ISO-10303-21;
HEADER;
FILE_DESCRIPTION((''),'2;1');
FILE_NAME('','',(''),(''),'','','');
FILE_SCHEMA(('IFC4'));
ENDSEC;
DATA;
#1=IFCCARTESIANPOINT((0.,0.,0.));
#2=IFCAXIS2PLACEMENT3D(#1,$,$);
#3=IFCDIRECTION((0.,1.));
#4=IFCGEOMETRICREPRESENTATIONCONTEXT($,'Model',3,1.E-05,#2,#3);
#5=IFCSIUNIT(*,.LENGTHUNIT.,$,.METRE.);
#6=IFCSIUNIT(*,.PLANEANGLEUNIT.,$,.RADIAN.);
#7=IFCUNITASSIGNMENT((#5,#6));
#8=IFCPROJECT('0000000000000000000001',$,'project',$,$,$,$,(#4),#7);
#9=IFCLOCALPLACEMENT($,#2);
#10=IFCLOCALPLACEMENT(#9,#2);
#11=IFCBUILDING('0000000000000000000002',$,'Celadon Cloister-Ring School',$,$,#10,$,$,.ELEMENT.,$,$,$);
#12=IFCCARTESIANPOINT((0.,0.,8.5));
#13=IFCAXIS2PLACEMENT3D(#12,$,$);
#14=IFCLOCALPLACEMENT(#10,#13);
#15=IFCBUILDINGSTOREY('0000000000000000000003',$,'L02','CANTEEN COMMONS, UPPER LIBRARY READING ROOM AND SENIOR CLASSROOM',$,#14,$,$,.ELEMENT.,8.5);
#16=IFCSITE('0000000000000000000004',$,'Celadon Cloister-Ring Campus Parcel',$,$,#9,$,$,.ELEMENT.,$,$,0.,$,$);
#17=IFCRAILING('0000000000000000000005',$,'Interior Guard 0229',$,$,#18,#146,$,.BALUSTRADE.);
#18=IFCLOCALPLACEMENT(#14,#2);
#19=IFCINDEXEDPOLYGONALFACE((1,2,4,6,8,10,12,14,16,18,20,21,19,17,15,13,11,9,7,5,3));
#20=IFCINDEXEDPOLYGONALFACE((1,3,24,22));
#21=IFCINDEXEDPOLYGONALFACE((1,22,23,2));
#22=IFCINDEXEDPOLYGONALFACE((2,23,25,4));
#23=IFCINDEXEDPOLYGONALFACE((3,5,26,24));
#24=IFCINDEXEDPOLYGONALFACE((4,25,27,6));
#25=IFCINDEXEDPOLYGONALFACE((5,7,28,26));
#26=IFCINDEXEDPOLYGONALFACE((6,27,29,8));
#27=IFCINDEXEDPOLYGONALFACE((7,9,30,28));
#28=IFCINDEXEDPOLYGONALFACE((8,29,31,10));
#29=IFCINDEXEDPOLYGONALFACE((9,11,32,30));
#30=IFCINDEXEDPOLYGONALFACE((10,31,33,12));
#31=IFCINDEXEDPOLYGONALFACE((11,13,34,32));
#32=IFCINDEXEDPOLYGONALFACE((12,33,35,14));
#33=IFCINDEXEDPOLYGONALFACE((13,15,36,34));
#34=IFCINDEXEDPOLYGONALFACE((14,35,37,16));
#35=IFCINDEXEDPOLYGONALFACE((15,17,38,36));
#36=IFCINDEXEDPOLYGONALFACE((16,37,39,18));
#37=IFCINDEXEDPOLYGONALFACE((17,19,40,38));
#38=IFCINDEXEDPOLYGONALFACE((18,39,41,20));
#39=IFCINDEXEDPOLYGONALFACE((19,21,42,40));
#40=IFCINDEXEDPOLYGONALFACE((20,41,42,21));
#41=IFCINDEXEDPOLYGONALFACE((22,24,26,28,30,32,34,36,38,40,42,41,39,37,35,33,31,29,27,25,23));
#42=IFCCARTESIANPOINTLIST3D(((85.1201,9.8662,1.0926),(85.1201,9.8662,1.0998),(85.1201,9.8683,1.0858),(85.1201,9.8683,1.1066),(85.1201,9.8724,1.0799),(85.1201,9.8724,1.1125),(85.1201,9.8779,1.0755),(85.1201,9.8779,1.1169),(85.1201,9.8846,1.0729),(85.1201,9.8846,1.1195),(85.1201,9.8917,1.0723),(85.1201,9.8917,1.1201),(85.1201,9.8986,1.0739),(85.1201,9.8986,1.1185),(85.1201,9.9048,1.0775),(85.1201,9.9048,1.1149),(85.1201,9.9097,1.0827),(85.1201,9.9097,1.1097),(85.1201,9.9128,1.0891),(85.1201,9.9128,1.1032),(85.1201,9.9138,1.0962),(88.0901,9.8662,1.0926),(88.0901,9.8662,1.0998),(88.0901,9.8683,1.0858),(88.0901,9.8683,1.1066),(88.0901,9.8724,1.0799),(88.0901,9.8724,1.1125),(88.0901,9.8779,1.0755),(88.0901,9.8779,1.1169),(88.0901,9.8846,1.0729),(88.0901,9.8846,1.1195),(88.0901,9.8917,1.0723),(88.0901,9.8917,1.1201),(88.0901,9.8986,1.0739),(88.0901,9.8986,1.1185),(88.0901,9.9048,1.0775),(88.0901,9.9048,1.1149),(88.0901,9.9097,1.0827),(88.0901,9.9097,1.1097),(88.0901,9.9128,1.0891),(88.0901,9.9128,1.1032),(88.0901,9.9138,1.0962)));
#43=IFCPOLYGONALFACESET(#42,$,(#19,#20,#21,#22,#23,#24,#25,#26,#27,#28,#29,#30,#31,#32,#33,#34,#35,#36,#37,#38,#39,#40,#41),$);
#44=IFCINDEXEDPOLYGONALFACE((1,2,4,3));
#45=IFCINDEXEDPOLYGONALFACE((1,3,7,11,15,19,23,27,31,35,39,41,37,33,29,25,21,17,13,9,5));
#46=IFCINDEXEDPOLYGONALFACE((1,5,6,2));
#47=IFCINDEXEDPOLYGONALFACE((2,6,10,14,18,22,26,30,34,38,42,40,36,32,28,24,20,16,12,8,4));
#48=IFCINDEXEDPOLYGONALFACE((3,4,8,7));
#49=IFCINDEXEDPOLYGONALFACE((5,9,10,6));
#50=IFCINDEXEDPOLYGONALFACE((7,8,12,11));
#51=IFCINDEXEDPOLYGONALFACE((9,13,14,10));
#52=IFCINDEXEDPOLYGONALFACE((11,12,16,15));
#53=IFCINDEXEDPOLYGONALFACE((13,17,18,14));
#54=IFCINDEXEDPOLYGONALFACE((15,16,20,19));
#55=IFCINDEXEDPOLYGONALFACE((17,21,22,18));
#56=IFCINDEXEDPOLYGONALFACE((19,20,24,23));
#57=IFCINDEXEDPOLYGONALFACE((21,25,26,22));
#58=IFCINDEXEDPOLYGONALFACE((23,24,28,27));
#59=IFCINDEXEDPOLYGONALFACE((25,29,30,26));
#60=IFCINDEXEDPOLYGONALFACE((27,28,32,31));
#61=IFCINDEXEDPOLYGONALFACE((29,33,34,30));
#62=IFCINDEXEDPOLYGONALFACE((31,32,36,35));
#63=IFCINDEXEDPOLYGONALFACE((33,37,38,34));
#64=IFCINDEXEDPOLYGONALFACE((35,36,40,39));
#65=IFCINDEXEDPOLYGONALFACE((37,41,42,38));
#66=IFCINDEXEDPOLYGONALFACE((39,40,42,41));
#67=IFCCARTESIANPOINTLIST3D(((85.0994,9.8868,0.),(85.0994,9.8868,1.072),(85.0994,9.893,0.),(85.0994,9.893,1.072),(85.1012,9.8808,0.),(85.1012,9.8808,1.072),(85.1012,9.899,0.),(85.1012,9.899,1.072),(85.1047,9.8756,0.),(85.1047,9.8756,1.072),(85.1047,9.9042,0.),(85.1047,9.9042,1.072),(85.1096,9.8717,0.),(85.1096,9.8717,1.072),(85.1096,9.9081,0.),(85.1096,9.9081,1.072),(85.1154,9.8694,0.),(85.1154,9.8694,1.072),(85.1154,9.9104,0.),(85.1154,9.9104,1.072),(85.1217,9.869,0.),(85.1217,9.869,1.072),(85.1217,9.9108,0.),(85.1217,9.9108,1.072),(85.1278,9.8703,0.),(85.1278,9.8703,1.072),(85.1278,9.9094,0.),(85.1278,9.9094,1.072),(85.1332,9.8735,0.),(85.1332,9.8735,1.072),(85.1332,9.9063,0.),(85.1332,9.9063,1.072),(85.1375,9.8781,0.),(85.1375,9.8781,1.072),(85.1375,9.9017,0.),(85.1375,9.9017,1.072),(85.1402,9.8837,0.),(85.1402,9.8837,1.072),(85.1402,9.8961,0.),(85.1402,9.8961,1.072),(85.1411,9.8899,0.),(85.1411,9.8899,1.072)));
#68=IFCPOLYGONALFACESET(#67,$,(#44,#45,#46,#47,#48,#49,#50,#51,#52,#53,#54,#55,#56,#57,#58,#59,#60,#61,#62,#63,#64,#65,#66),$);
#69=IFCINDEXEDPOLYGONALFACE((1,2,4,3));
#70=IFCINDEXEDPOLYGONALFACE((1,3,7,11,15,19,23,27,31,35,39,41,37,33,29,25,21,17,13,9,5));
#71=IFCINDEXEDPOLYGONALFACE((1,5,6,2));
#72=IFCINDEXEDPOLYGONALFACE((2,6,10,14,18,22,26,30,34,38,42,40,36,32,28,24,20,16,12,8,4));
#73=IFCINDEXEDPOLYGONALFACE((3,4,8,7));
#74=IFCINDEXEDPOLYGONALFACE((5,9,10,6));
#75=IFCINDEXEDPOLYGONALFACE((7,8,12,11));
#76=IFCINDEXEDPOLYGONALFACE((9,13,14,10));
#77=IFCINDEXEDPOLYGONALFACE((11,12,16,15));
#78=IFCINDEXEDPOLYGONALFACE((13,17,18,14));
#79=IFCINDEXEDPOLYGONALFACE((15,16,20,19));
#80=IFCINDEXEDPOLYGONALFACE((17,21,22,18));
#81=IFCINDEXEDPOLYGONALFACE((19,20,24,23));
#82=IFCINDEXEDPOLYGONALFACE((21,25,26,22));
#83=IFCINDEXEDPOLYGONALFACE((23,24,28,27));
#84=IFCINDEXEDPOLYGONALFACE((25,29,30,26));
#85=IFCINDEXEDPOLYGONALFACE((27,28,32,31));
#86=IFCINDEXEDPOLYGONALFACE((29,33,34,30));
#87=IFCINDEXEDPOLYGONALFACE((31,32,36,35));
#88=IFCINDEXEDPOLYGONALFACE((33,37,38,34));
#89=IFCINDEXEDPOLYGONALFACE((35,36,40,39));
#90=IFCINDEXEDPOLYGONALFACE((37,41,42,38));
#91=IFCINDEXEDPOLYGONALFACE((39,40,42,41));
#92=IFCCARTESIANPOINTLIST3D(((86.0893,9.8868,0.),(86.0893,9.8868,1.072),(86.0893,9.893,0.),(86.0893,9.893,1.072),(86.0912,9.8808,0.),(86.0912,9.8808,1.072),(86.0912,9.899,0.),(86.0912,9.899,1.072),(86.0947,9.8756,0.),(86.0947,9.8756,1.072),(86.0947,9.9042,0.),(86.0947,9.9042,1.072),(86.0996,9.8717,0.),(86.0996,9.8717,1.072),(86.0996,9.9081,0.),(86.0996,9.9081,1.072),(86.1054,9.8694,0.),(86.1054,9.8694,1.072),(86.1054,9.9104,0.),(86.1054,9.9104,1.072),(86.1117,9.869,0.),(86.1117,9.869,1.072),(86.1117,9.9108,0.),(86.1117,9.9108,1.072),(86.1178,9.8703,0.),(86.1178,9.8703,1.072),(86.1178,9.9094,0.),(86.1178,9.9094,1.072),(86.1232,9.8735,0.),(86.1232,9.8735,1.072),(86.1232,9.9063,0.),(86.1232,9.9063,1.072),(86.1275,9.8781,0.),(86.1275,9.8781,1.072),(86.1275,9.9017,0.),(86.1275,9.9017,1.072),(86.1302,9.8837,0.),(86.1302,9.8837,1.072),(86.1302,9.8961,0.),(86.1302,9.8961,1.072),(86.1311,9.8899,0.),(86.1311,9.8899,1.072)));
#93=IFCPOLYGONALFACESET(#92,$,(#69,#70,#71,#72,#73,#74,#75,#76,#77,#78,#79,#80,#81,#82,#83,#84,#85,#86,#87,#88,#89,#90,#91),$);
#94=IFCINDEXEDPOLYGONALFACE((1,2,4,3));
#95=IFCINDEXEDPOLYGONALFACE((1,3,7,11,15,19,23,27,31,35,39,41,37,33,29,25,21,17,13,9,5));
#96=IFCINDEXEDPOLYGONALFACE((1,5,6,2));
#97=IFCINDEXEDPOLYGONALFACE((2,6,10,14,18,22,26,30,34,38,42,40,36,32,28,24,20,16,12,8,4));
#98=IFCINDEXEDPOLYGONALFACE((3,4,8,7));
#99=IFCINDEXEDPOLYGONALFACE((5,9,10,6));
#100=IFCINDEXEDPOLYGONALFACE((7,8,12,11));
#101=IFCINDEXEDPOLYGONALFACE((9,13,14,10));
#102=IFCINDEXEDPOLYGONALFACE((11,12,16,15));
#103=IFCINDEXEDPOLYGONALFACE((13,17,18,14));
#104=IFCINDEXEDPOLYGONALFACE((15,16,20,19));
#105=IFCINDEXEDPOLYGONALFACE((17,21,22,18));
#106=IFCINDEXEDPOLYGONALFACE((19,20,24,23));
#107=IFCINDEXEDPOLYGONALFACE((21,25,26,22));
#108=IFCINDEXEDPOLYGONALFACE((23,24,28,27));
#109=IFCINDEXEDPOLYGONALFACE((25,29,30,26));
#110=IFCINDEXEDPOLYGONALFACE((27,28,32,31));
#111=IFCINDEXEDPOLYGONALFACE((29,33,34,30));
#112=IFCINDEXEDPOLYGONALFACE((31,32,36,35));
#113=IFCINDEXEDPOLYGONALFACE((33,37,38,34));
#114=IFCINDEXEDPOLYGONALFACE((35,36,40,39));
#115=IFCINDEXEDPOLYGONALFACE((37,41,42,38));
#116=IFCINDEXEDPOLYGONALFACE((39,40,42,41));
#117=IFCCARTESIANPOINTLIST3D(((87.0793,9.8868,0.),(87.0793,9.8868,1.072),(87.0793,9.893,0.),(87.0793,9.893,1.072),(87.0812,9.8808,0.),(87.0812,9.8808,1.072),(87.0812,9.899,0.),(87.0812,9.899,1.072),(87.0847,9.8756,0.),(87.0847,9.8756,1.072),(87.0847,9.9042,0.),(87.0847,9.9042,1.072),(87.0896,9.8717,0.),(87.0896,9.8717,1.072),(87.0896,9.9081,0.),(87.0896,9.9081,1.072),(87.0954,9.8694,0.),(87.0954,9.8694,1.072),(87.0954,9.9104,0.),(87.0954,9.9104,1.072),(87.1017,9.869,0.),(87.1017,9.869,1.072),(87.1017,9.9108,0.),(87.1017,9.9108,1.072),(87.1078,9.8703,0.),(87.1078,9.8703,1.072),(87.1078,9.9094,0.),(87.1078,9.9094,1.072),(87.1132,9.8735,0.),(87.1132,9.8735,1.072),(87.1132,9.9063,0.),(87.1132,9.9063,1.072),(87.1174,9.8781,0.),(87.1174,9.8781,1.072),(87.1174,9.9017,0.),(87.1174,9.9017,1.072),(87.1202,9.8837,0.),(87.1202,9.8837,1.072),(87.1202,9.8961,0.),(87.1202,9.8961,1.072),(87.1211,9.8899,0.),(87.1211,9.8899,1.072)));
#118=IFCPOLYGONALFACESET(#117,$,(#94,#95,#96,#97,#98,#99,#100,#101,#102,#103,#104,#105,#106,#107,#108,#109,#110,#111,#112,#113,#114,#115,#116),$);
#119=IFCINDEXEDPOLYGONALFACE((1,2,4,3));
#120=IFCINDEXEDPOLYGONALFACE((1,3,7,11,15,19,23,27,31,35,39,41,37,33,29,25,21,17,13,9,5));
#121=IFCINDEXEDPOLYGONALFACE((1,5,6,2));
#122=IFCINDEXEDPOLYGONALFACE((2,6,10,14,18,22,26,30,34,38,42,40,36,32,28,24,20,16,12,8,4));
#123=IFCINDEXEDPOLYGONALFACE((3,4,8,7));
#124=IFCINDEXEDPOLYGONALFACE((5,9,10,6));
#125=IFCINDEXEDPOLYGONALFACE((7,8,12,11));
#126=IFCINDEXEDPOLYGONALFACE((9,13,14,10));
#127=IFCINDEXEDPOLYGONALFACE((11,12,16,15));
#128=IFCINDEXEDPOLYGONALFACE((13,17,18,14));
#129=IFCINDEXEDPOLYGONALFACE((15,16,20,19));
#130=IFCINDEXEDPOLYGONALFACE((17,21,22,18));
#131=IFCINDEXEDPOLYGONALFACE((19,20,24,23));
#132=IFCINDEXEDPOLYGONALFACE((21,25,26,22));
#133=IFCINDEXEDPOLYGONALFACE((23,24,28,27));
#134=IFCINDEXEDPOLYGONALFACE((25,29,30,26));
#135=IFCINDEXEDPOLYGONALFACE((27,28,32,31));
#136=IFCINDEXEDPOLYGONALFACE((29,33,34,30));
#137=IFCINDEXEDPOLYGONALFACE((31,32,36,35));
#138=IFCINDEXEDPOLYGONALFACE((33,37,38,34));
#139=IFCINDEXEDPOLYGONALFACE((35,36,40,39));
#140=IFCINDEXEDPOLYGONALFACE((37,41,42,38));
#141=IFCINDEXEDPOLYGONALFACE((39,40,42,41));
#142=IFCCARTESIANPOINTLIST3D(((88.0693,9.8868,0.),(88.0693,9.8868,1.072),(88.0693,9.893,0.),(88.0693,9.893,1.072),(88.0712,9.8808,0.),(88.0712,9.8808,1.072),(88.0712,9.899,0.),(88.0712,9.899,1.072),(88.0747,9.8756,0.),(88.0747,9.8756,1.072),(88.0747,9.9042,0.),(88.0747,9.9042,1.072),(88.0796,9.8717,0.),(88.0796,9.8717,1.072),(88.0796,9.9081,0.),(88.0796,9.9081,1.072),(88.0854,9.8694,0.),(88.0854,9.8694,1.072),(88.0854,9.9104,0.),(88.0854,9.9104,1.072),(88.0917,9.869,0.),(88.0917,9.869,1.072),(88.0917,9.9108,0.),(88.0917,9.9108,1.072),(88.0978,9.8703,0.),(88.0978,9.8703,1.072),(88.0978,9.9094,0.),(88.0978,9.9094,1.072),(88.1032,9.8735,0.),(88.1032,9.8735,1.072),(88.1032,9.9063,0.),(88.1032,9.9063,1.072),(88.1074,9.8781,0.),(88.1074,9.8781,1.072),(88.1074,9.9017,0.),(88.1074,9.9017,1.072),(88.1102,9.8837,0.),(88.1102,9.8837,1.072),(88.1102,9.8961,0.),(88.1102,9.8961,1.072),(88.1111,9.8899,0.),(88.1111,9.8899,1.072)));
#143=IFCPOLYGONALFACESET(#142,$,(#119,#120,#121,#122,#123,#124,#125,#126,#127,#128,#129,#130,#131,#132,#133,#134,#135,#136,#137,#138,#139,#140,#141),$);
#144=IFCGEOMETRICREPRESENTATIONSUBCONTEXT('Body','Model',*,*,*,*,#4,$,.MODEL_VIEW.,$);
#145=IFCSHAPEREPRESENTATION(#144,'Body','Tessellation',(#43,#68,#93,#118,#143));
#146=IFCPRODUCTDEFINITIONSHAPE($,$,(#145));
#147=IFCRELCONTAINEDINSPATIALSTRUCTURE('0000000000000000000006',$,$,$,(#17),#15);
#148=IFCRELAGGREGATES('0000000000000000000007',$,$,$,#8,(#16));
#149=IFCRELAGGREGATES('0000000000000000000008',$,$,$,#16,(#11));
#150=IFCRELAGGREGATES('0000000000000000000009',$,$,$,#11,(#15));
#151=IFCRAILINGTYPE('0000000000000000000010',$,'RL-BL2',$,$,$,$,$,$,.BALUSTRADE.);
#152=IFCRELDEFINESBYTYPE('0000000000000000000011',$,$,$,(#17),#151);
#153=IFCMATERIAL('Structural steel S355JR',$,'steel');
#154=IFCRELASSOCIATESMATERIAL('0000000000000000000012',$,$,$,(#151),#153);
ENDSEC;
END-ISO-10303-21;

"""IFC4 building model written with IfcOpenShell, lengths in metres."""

from ifc_helpers import new_model, si_unit, direction, frame, origin, origin_2d, place, context, subcontext, project, spatial, circle, extrude, material, type_object, element, save


model = new_model("IFC4")

# Units and contexts
model_context = context("Model", 3, precision=1e-05, world=origin(), true_north=direction((0.0, 1.0)))
body_context = subcontext(model_context, "Body", "Model", "MODEL_VIEW")
ifc_project = project(units=[si_unit("LENGTHUNIT", "METRE"), si_unit("PLANEANGLEUNIT", "RADIAN")], contexts=[model_context])

# Site, building, storey
site_placement = place(None, origin())
site = spatial("IfcSite", under=ifc_project, at=site_placement, Name="Celadon Cloister-Ring Campus Parcel", CompositionType="ELEMENT", RefElevation=0.0)
building_placement = place(site_placement, origin())
building = spatial("IfcBuilding", under=site, at=building_placement, Name="Celadon Cloister-Ring School", CompositionType="ELEMENT")
storey_placement = place(building_placement, frame((0.0, 0.0, 8.5)))
storey = spatial("IfcBuildingStorey", under=building, at=storey_placement, Name="L02", Description="CANTEEN COMMONS, UPPER LIBRARY READING ROOM AND SENIOR CLASSROOM", CompositionType="ELEMENT", Elevation=8.5)

# Railing
ifc_material_1 = material(Name="Structural steel S355JR", Category="steel")
railing_type_1 = type_object("IfcRailingType", Name="RL-BL2", PredefinedType="BALUSTRADE", material=ifc_material_1)
railing_1_placement = place(storey_placement, frame((85.1201, 9.8899, 0.0)))
element("IfcRailing", 1, at=railing_1_placement, inside=storey, type_object=railing_type_1, Name="Interior Guard 0229", PredefinedType="BALUSTRADE", context=body_context, shape_type="SweptSolid", body=[
    extrude(circle(Radius=0.0239, at=origin_2d()), frame((0.0, 0.0, 1.0962), z_axis=(1.0, 0.0, 0.0), x_axis=(0.0, 1.0, 0.0)), (0.0, 0.0, 1.0), 2.97),
    extrude(circle(Radius=0.021, at=origin_2d()), origin(), (0.0, 0.0, 1.0), 1.072),
    extrude(circle(Radius=0.021, at=origin_2d()), frame((0.99, 0.0, 0.0)), (0.0, 0.0, 1.0), 1.072),
    extrude(circle(Radius=0.021, at=origin_2d()), frame((1.98, 0.0, 0.0)), (0.0, 0.0, 1.0), 1.072),
    extrude(circle(Radius=0.021, at=origin_2d()), frame((2.97, 0.0, 0.0)), (0.0, 0.0, 1.0), 1.072),
])

save(model, "model.ifc")
